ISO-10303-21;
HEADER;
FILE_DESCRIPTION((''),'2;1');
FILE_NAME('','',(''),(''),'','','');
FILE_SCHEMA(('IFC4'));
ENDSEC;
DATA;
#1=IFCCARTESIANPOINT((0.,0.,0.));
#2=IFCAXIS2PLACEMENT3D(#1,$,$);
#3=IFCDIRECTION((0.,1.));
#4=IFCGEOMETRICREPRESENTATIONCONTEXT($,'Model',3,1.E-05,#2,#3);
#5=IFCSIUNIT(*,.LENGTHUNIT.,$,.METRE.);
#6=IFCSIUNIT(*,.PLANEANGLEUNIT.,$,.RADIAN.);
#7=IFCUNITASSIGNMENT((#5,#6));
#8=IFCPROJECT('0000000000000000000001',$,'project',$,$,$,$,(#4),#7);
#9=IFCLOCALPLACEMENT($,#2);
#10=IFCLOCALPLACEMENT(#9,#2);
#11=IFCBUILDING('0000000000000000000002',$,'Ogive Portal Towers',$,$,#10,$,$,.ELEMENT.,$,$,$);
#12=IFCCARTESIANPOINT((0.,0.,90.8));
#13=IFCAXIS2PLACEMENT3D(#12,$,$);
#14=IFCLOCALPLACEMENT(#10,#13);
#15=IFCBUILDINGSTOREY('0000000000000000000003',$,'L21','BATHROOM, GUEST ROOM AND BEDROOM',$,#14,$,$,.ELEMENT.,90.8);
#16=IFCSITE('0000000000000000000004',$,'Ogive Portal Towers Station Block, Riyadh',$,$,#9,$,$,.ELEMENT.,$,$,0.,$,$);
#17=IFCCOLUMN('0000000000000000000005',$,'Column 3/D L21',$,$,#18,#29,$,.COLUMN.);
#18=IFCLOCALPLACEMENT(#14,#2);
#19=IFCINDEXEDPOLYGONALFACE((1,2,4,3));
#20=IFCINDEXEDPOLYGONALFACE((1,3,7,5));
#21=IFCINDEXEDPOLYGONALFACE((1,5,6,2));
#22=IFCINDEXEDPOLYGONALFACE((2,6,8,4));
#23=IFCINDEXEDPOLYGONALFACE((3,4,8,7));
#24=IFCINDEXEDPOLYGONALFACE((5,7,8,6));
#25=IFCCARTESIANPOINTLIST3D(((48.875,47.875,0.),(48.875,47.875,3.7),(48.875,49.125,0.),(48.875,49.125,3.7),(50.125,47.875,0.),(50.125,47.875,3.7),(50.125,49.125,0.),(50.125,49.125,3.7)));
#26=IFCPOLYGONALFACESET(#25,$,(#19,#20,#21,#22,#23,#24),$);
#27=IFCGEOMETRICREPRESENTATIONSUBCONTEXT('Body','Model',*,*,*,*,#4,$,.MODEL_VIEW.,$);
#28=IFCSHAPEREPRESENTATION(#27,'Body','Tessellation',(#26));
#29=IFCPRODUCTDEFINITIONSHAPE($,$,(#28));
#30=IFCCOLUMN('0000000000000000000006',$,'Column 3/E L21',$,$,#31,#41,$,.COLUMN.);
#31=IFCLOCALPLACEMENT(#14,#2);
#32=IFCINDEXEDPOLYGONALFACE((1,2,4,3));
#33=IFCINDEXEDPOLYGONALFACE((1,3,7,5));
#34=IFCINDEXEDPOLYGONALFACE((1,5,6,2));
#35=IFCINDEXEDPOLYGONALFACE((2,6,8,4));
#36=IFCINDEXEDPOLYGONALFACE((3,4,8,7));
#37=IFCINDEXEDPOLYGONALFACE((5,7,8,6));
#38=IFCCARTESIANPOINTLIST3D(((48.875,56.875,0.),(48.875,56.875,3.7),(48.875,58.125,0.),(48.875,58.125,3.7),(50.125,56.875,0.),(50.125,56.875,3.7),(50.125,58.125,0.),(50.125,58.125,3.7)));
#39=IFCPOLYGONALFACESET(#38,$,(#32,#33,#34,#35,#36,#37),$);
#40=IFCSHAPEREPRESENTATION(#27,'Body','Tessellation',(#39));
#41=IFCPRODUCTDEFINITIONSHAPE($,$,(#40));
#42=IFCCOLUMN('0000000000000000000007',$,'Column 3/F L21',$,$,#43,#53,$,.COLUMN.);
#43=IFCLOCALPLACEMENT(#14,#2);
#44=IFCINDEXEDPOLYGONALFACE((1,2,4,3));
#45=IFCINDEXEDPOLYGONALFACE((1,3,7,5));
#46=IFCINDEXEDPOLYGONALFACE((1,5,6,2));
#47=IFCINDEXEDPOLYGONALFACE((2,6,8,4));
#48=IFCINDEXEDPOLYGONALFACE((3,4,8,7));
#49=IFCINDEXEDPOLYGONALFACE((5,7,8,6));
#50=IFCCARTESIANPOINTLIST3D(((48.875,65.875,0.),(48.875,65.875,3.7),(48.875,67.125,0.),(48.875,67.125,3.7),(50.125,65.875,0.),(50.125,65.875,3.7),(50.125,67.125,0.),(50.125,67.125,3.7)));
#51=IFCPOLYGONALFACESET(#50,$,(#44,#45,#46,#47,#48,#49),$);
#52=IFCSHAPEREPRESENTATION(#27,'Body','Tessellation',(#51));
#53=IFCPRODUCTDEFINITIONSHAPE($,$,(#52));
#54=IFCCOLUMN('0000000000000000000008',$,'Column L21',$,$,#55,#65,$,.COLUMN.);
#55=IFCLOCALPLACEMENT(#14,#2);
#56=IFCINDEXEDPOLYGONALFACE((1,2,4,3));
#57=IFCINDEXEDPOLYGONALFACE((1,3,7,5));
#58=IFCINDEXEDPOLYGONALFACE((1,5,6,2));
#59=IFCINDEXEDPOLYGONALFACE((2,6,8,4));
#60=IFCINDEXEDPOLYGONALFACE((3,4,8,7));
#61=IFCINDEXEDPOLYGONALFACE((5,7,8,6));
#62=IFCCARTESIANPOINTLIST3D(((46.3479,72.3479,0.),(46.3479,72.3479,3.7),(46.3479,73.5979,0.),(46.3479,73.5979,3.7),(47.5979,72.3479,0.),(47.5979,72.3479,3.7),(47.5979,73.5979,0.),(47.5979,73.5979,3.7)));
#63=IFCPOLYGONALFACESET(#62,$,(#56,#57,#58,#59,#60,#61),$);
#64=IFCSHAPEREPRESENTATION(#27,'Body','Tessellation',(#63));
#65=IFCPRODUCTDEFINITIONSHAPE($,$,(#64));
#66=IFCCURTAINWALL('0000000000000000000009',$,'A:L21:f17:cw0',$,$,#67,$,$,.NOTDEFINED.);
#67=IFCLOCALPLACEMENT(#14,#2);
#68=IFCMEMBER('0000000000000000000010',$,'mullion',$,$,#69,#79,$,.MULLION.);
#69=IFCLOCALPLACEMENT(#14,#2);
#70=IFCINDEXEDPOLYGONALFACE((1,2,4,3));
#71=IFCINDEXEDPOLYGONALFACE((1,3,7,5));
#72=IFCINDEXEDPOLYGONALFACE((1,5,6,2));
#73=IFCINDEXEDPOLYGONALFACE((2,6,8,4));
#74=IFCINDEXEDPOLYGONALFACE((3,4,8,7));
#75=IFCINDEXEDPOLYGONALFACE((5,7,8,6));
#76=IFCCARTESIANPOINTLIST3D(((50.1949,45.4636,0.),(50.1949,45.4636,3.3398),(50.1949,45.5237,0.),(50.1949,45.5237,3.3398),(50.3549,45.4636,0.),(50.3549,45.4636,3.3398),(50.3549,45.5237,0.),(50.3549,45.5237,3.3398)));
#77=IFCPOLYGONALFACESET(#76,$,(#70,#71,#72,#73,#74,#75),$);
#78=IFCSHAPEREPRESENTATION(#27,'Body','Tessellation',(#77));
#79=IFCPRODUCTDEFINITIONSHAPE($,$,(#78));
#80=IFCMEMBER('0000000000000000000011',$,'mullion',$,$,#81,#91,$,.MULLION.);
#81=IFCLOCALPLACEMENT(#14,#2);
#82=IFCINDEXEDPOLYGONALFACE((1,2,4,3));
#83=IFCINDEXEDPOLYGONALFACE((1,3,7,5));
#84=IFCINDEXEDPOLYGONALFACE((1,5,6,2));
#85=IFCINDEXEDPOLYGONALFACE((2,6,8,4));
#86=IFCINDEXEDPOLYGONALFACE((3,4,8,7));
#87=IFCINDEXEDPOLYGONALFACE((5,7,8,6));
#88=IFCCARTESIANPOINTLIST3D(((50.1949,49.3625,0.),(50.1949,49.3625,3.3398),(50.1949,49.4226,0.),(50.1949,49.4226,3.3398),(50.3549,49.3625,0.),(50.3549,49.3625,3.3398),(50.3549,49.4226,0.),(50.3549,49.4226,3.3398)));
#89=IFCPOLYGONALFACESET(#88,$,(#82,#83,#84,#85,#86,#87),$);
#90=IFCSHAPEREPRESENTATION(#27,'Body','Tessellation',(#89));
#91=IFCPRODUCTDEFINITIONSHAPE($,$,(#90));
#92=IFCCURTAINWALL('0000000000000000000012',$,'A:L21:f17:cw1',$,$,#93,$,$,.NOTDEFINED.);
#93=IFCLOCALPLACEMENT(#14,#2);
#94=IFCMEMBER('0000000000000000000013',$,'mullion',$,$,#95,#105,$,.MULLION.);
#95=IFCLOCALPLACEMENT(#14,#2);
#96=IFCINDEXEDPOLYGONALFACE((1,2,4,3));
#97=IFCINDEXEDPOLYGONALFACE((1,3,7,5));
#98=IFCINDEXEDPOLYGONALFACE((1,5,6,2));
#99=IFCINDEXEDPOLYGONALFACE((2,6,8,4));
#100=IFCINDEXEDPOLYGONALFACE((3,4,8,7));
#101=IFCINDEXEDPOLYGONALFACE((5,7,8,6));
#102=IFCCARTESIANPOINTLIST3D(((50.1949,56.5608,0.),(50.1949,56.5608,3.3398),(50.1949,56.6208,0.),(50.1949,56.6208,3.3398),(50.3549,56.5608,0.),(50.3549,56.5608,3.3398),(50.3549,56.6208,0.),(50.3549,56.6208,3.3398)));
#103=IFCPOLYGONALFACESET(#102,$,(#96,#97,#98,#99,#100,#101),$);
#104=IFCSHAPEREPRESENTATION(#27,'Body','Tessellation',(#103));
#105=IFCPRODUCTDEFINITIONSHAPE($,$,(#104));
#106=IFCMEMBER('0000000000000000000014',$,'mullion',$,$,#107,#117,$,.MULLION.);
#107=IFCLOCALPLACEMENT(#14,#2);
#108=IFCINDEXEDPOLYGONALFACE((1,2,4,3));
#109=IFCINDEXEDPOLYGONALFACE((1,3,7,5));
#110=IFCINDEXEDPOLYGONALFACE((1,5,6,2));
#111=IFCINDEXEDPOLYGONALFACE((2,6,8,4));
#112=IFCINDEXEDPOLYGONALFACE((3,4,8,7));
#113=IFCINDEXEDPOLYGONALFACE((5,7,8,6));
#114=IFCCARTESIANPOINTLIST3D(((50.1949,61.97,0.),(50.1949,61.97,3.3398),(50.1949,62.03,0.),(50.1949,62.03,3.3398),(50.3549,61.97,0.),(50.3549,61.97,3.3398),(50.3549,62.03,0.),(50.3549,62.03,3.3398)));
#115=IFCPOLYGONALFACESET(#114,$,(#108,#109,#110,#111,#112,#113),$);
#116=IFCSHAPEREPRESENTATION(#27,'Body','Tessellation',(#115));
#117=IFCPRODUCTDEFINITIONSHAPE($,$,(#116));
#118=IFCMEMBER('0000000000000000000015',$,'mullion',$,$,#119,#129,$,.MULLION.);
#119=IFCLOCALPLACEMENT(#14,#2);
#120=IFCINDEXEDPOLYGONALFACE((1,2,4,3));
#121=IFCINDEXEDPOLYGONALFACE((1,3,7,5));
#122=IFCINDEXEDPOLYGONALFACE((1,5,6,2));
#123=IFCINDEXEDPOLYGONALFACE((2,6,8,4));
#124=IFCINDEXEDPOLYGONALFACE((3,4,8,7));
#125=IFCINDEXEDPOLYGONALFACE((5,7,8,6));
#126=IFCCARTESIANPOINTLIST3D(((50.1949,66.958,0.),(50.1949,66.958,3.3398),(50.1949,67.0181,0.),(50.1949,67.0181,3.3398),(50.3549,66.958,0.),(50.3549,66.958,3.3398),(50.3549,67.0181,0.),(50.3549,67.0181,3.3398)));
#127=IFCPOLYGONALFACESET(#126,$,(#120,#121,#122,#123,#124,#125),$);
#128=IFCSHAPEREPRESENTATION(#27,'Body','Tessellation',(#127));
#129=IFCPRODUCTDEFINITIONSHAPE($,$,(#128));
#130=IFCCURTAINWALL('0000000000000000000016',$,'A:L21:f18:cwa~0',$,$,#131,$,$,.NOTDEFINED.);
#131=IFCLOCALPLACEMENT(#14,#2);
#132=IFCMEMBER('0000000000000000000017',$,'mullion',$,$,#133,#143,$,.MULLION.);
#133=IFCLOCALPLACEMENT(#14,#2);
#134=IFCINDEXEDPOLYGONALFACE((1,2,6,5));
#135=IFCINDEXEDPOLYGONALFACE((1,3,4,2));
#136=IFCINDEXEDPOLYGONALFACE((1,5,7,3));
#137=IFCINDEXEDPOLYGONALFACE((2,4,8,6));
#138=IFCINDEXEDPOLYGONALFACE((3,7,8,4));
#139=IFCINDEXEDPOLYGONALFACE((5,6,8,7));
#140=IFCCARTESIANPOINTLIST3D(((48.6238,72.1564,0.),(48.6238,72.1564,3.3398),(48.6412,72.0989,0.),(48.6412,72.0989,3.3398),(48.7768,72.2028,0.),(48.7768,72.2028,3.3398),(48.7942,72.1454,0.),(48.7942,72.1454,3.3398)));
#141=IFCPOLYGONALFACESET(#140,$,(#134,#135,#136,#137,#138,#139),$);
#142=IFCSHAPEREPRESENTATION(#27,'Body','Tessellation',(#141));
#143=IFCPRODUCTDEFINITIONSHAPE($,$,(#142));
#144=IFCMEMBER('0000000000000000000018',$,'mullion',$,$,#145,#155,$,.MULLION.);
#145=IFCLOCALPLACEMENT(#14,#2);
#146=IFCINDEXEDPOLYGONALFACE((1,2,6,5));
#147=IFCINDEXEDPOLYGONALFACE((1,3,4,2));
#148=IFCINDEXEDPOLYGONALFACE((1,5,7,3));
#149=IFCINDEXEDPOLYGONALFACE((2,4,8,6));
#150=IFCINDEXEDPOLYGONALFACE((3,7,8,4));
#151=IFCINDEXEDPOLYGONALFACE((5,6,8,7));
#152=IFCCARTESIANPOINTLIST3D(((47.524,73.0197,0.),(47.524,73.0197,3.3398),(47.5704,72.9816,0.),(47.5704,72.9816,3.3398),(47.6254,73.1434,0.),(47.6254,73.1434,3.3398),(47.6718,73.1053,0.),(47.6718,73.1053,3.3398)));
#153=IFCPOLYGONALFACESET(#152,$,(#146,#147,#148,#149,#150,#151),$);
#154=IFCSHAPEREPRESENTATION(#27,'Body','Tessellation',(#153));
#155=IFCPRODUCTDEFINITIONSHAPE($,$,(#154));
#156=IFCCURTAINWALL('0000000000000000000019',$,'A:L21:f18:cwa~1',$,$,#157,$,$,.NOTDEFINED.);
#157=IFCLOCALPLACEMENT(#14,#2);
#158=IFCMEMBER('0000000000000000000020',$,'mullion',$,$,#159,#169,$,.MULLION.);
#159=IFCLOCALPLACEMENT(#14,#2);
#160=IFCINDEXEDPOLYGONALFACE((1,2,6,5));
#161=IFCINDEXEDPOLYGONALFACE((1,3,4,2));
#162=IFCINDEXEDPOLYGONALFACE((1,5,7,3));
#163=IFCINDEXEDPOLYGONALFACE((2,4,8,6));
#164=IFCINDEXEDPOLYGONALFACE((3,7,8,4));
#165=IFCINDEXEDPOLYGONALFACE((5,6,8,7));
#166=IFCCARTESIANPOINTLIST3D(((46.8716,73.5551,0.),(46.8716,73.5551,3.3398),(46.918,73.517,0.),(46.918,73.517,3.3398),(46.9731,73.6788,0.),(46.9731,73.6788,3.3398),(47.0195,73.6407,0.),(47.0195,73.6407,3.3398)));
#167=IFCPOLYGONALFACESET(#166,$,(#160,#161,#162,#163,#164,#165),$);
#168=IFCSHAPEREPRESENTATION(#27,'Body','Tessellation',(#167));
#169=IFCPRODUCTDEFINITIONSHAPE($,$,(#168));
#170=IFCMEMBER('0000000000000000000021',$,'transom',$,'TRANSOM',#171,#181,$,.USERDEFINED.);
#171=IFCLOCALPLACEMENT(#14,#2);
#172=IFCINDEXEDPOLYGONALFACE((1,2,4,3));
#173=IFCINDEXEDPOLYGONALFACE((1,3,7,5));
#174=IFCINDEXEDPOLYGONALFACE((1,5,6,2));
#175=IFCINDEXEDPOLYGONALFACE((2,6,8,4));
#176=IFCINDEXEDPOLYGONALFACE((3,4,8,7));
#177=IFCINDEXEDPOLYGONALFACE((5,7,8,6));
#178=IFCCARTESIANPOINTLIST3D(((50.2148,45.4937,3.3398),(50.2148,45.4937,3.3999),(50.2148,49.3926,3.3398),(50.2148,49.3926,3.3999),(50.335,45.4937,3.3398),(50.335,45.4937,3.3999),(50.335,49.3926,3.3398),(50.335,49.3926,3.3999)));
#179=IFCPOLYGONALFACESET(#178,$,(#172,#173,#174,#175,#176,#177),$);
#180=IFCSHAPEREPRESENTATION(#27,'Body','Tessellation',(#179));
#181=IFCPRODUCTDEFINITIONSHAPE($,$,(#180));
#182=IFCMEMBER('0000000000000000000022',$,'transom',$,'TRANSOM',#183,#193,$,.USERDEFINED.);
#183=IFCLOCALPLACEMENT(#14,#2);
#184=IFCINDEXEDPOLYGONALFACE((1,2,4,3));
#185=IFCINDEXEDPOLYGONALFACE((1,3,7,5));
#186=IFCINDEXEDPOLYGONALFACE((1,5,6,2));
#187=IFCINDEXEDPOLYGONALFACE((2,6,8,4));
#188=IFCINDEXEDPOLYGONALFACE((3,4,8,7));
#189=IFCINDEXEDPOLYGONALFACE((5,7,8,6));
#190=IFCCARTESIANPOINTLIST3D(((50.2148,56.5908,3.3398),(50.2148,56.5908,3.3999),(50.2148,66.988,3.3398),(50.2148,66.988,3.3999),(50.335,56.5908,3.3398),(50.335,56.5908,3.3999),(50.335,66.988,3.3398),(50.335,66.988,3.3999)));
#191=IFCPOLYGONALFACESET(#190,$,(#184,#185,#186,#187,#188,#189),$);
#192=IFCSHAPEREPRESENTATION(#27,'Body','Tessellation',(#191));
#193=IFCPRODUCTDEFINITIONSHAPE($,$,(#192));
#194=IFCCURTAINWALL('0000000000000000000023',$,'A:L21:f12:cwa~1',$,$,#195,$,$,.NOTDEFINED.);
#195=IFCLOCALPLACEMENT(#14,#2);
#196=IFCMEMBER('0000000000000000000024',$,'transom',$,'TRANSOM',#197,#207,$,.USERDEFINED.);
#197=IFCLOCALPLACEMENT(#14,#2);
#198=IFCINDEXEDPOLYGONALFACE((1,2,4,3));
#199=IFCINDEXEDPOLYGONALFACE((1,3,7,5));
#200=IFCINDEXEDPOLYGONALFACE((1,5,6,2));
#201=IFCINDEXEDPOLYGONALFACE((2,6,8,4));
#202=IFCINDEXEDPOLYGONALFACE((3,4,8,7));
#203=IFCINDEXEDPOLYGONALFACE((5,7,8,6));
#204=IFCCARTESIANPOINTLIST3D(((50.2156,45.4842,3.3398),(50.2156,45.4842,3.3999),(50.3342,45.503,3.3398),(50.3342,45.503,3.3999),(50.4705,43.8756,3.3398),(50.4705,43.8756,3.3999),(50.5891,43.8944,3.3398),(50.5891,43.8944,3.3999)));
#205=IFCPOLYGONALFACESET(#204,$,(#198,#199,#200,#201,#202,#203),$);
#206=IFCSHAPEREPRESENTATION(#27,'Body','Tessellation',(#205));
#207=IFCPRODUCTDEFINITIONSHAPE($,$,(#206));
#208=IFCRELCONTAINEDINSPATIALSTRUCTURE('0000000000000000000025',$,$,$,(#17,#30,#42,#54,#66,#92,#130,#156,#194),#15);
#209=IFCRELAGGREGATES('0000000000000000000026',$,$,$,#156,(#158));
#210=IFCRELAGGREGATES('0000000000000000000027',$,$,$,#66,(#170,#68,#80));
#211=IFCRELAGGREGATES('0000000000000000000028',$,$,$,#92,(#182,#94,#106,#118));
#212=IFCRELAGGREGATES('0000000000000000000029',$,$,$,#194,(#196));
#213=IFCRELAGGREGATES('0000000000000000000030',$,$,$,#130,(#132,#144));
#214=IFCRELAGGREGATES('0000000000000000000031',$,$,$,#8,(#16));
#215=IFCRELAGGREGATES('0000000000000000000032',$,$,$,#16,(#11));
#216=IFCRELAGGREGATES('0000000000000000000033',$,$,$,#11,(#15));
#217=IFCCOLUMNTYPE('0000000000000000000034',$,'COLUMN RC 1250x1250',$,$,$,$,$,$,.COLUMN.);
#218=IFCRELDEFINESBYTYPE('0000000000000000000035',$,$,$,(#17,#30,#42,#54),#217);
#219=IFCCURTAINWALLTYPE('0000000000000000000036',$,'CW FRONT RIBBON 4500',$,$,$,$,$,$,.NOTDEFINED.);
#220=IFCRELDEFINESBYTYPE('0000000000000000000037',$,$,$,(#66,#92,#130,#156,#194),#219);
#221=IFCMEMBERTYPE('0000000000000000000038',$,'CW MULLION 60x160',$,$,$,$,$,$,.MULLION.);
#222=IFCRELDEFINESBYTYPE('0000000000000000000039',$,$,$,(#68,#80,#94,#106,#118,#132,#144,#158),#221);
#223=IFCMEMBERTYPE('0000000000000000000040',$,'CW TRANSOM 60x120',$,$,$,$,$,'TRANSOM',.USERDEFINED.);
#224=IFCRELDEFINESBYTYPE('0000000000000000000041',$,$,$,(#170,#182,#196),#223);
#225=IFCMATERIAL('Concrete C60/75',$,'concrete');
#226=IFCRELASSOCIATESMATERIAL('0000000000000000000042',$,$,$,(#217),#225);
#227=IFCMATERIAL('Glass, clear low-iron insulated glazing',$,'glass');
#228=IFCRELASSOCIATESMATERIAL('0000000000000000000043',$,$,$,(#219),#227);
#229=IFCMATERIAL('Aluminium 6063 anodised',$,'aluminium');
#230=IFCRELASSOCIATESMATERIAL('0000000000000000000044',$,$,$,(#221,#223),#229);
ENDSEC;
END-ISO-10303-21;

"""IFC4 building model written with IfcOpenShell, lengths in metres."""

from ifc_helpers import new_model, si_unit, direction, frame, origin, origin_2d, place, context, subcontext, project, spatial, rectangle, extrude, material, material_profile, profile_set, type_object, element, aggregate, save


model = new_model("IFC4")

# Units and contexts
model_context = context("Model", 3, precision=1e-05, world=origin(), true_north=direction((0.0, 1.0)))
body_context = subcontext(model_context, "Body", "Model", "MODEL_VIEW")
ifc_project = project(units=[si_unit("LENGTHUNIT", "METRE"), si_unit("PLANEANGLEUNIT", "RADIAN")], contexts=[model_context])

# Site, building, storey
site_placement = place(None, origin())
site = spatial("IfcSite", under=ifc_project, at=site_placement, Name="Ogive Portal Towers Station Block, Riyadh", CompositionType="ELEMENT", RefElevation=0.0)
building_placement = place(site_placement, origin())
building = spatial("IfcBuilding", under=site, at=building_placement, Name="Ogive Portal Towers", CompositionType="ELEMENT")
storey_placement = place(building_placement, frame((0.0, 0.0, 90.8)))
storey = spatial("IfcBuildingStorey", under=building, at=storey_placement, Name="L21", Description="BATHROOM, GUEST ROOM AND BEDROOM", CompositionType="ELEMENT", Elevation=90.8)

# Columns
ifc_material_1 = material(Name="Concrete C60/75", Category="concrete")
ifc_material_profile_1 = material_profile(ifc_material_1, rectangle(XDim=1.25, YDim=1.25, at=origin_2d()), Name="RC 1250x1250")
ifc_profile_set_1 = profile_set([ifc_material_profile_1], Name="Concrete C60/75")
column_type = type_object("IfcColumnType", Name="COLUMN RC 1250x1250", PredefinedType="COLUMN", material=ifc_profile_set_1)
for number, where, z_axis, x_axis, name in (
    (1, (49.5, 48.5, 0.0), (0.0, 0.0, 1.0), (1.0, 0.0, 0.0), "Column 3/D L21"),
    (2, (49.5, 57.5, 0.0), (0.0, 0.0, 1.0), (1.0, 0.0, 0.0), "Column 3/E L21"),
    (3, (49.5, 66.5, 0.0), (0.0, 0.0, 1.0), (1.0, 0.0, 0.0), "Column 3/F L21"),
    (4, (46.9729, 72.9729, 0.0), (0.0, 0.0, 1.0), (1.0, 0.0, 0.0), "Column L21"),
):
    element("IfcColumn", number, at=place(storey_placement, frame(where, z_axis=z_axis, x_axis=x_axis)), inside=storey, type_object=column_type, Name=name, PredefinedType="COLUMN", context=body_context, shape_type="SweptSolid", body=[
        extrude(rectangle(XDim=1.25, YDim=1.25, at=origin_2d()), origin(), (0.0, 0.0, 1.0), 3.7),
    ])

# Curtain walls, members
ifc_material_2 = material(Name="Glass, clear low-iron insulated glazing", Category="glass")
curtain_wall_type = type_object("IfcCurtainWallType", Name="CW FRONT RIBBON 4500", PredefinedType="NOTDEFINED", material=ifc_material_2)
curtain_wall_1_placement = place(storey_placement, origin())
curtain_wall_1 = element("IfcCurtainWall", 5, at=curtain_wall_1_placement, inside=storey, type_object=curtain_wall_type, Name="A:L21:f17:cw0", PredefinedType="NOTDEFINED")
ifc_material_3 = material(Name="Aluminium 6063 anodised", Category="aluminium")
ifc_material_profile_2 = material_profile(ifc_material_3, rectangle(XDim=0.1599, YDim=0.0601, at=origin_2d()), Name="AL 60x160")
ifc_profile_set_2 = profile_set([ifc_material_profile_2], Name="Aluminium 6063 anodised")
member_type_1 = type_object("IfcMemberType", Name="CW MULLION 60x160", PredefinedType="MULLION", material=ifc_profile_set_2)
member_1_placement = place(storey_placement, frame((50.2749, 45.4937, 0.0), z_axis=(0.0, 0.0, 1.0), x_axis=(-1.0, 0.0, 0.0)))
member_1 = element("IfcMember", 6, at=member_1_placement, type_object=member_type_1, Name="mullion", PredefinedType="MULLION", context=body_context, shape_type="SweptSolid", body=[
    extrude(rectangle(XDim=0.1599, YDim=0.0601, at=origin_2d()), origin(), (0.0, 0.0, 1.0), 3.3398),
])
member_2_placement = place(storey_placement, frame((50.2749, 49.3926, 0.0), z_axis=(0.0, 0.0, 1.0), x_axis=(-1.0, 0.0, 0.0)))
member_2 = element("IfcMember", 7, at=member_2_placement, type_object=member_type_1, Name="mullion", PredefinedType="MULLION", context=body_context, shape_type="SweptSolid", body=[
    extrude(rectangle(XDim=0.1599, YDim=0.0601, at=origin_2d()), origin(), (0.0, 0.0, 1.0), 3.3398),
])
curtain_wall_2_placement = place(storey_placement, origin())
curtain_wall_2 = element("IfcCurtainWall", 8, at=curtain_wall_2_placement, inside=storey, type_object=curtain_wall_type, Name="A:L21:f17:cw1", PredefinedType="NOTDEFINED")
member_3_placement = place(storey_placement, frame((50.2749, 56.5908, 0.0), z_axis=(0.0, 0.0, 1.0), x_axis=(-1.0, 0.0, 0.0)))
member_3 = element("IfcMember", 9, at=member_3_placement, type_object=member_type_1, Name="mullion", PredefinedType="MULLION", context=body_context, shape_type="SweptSolid", body=[
    extrude(rectangle(XDim=0.1599, YDim=0.0601, at=origin_2d()), origin(), (0.0, 0.0, 1.0), 3.3398),
])
member_4_placement = place(storey_placement, frame((50.2749, 62.0, 0.0), z_axis=(0.0, 0.0, 1.0), x_axis=(-1.0, 0.0, 0.0)))
member_4 = element("IfcMember", 10, at=member_4_placement, type_object=member_type_1, Name="mullion", PredefinedType="MULLION", context=body_context, shape_type="SweptSolid", body=[
    extrude(rectangle(XDim=0.1599, YDim=0.0601, at=origin_2d()), origin(), (0.0, 0.0, 1.0), 3.3398),
])
member_5_placement = place(storey_placement, frame((50.2749, 66.988, 0.0), z_axis=(0.0, 0.0, 1.0), x_axis=(-1.0, 0.0, 0.0)))
member_5 = element("IfcMember", 11, at=member_5_placement, type_object=member_type_1, Name="mullion", PredefinedType="MULLION", context=body_context, shape_type="SweptSolid", body=[
    extrude(rectangle(XDim=0.1599, YDim=0.0601, at=origin_2d()), origin(), (0.0, 0.0, 1.0), 3.3398),
])
curtain_wall_3_placement = place(storey_placement, origin())
curtain_wall_3 = element("IfcCurtainWall", 12, at=curtain_wall_3_placement, inside=storey, type_object=curtain_wall_type, Name="A:L21:f18:cwa~0", PredefinedType="NOTDEFINED")
member_6_placement = place(storey_placement, frame((48.709, 72.1509, 0.0), z_axis=(0.0, 0.0, 1.0), x_axis=(-0.95694, -0.290285, 0.0)))
member_6 = element("IfcMember", 13, at=member_6_placement, type_object=member_type_1, Name="mullion", PredefinedType="MULLION", context=body_context, shape_type="SweptSolid", body=[
    extrude(rectangle(XDim=0.1599, YDim=0.0601, at=origin_2d()), origin(), (0.0, 0.0, 1.0), 3.3398),
])
member_7_placement = place(storey_placement, frame((47.5979, 73.0625, 0.0), z_axis=(0.0, 0.0, 1.0), x_axis=(-0.634393, -0.77301, 0.0)))
member_7 = element("IfcMember", 14, at=member_7_placement, type_object=member_type_1, Name="mullion", PredefinedType="MULLION", context=body_context, shape_type="SweptSolid", body=[
    extrude(rectangle(XDim=0.1599, YDim=0.0601, at=origin_2d()), origin(), (0.0, 0.0, 1.0), 3.3398),
])

# Curtain wall, member
curtain_wall_4_placement = place(storey_placement, origin())
curtain_wall_4 = element("IfcCurtainWall", 15, at=curtain_wall_4_placement, inside=storey, type_object=curtain_wall_type, Name="A:L21:f18:cwa~1", PredefinedType="NOTDEFINED")
member_8_placement = place(storey_placement, frame((46.9456, 73.5979, 0.0), z_axis=(0.0, 0.0, 1.0), x_axis=(-0.634393, -0.77301, 0.0)))
member_8 = element("IfcMember", 16, at=member_8_placement, type_object=member_type_1, Name="mullion", PredefinedType="MULLION", context=body_context, shape_type="SweptSolid", body=[
    extrude(rectangle(XDim=0.1599, YDim=0.0601, at=origin_2d()), origin(), (0.0, 0.0, 1.0), 3.3398),
])

# Members
ifc_material_profile_3 = material_profile(ifc_material_3, rectangle(XDim=0.1201, YDim=0.0601, at=origin_2d()), Name="AL 120x60")
ifc_profile_set_3 = profile_set([ifc_material_profile_3], Name="Aluminium 6063 anodised")
member_type_2 = type_object("IfcMemberType", Name="CW TRANSOM 60x120", ElementType="TRANSOM", PredefinedType="USERDEFINED", material=ifc_profile_set_3)
member_9_placement = place(storey_placement, frame((50.2749, 45.4937, 3.3699), z_axis=(0.0, 1.0, 0.0), x_axis=(-1.0, 0.0, 0.0)))
member_9 = element("IfcMember", 17, at=member_9_placement, type_object=member_type_2, Name="transom", ObjectType="TRANSOM", PredefinedType="USERDEFINED", context=body_context, shape_type="SweptSolid", body=[
    extrude(rectangle(XDim=0.1201, YDim=0.0601, at=origin_2d()), origin(), (0.0, 0.0, 1.0), 3.8989),
])
member_10_placement = place(storey_placement, frame((50.2749, 56.5908, 3.3699), z_axis=(0.0, 1.0, 0.0), x_axis=(-1.0, 0.0, 0.0)))
member_10 = element("IfcMember", 18, at=member_10_placement, type_object=member_type_2, Name="transom", ObjectType="TRANSOM", PredefinedType="USERDEFINED", context=body_context, shape_type="SweptSolid", body=[
    extrude(rectangle(XDim=0.1201, YDim=0.0601, at=origin_2d()), origin(), (0.0, 0.0, 1.0), 10.3972),
])

# Curtain wall, member
curtain_wall_5_placement = place(storey_placement, origin())
curtain_wall_5 = element("IfcCurtainWall", 19, at=curtain_wall_5_placement, inside=storey, type_object=curtain_wall_type, Name="A:L21:f12:cwa~1", PredefinedType="NOTDEFINED")
member_11_placement = place(storey_placement, frame((50.5298, 43.885, 3.3699), z_axis=(-0.156494, 0.987679, 0.0), x_axis=(-0.987679, -0.156494, 0.0)))
member_11 = element("IfcMember", 20, at=member_11_placement, type_object=member_type_2, Name="transom", ObjectType="TRANSOM", PredefinedType="USERDEFINED", context=body_context, shape_type="SweptSolid", body=[
    extrude(rectangle(XDim=0.1201, YDim=0.0601, at=origin_2d()), origin(), (0.0, 0.0, 1.0), 1.6287),
])

aggregate(curtain_wall_4, [member_8])

aggregate(curtain_wall_1, [member_9, member_1, member_2])
aggregate(curtain_wall_2, [member_10, member_3, member_4, member_5])
aggregate(curtain_wall_5, [member_11])
aggregate(curtain_wall_3, [member_6, member_7])

save(model, "model.ifc")
